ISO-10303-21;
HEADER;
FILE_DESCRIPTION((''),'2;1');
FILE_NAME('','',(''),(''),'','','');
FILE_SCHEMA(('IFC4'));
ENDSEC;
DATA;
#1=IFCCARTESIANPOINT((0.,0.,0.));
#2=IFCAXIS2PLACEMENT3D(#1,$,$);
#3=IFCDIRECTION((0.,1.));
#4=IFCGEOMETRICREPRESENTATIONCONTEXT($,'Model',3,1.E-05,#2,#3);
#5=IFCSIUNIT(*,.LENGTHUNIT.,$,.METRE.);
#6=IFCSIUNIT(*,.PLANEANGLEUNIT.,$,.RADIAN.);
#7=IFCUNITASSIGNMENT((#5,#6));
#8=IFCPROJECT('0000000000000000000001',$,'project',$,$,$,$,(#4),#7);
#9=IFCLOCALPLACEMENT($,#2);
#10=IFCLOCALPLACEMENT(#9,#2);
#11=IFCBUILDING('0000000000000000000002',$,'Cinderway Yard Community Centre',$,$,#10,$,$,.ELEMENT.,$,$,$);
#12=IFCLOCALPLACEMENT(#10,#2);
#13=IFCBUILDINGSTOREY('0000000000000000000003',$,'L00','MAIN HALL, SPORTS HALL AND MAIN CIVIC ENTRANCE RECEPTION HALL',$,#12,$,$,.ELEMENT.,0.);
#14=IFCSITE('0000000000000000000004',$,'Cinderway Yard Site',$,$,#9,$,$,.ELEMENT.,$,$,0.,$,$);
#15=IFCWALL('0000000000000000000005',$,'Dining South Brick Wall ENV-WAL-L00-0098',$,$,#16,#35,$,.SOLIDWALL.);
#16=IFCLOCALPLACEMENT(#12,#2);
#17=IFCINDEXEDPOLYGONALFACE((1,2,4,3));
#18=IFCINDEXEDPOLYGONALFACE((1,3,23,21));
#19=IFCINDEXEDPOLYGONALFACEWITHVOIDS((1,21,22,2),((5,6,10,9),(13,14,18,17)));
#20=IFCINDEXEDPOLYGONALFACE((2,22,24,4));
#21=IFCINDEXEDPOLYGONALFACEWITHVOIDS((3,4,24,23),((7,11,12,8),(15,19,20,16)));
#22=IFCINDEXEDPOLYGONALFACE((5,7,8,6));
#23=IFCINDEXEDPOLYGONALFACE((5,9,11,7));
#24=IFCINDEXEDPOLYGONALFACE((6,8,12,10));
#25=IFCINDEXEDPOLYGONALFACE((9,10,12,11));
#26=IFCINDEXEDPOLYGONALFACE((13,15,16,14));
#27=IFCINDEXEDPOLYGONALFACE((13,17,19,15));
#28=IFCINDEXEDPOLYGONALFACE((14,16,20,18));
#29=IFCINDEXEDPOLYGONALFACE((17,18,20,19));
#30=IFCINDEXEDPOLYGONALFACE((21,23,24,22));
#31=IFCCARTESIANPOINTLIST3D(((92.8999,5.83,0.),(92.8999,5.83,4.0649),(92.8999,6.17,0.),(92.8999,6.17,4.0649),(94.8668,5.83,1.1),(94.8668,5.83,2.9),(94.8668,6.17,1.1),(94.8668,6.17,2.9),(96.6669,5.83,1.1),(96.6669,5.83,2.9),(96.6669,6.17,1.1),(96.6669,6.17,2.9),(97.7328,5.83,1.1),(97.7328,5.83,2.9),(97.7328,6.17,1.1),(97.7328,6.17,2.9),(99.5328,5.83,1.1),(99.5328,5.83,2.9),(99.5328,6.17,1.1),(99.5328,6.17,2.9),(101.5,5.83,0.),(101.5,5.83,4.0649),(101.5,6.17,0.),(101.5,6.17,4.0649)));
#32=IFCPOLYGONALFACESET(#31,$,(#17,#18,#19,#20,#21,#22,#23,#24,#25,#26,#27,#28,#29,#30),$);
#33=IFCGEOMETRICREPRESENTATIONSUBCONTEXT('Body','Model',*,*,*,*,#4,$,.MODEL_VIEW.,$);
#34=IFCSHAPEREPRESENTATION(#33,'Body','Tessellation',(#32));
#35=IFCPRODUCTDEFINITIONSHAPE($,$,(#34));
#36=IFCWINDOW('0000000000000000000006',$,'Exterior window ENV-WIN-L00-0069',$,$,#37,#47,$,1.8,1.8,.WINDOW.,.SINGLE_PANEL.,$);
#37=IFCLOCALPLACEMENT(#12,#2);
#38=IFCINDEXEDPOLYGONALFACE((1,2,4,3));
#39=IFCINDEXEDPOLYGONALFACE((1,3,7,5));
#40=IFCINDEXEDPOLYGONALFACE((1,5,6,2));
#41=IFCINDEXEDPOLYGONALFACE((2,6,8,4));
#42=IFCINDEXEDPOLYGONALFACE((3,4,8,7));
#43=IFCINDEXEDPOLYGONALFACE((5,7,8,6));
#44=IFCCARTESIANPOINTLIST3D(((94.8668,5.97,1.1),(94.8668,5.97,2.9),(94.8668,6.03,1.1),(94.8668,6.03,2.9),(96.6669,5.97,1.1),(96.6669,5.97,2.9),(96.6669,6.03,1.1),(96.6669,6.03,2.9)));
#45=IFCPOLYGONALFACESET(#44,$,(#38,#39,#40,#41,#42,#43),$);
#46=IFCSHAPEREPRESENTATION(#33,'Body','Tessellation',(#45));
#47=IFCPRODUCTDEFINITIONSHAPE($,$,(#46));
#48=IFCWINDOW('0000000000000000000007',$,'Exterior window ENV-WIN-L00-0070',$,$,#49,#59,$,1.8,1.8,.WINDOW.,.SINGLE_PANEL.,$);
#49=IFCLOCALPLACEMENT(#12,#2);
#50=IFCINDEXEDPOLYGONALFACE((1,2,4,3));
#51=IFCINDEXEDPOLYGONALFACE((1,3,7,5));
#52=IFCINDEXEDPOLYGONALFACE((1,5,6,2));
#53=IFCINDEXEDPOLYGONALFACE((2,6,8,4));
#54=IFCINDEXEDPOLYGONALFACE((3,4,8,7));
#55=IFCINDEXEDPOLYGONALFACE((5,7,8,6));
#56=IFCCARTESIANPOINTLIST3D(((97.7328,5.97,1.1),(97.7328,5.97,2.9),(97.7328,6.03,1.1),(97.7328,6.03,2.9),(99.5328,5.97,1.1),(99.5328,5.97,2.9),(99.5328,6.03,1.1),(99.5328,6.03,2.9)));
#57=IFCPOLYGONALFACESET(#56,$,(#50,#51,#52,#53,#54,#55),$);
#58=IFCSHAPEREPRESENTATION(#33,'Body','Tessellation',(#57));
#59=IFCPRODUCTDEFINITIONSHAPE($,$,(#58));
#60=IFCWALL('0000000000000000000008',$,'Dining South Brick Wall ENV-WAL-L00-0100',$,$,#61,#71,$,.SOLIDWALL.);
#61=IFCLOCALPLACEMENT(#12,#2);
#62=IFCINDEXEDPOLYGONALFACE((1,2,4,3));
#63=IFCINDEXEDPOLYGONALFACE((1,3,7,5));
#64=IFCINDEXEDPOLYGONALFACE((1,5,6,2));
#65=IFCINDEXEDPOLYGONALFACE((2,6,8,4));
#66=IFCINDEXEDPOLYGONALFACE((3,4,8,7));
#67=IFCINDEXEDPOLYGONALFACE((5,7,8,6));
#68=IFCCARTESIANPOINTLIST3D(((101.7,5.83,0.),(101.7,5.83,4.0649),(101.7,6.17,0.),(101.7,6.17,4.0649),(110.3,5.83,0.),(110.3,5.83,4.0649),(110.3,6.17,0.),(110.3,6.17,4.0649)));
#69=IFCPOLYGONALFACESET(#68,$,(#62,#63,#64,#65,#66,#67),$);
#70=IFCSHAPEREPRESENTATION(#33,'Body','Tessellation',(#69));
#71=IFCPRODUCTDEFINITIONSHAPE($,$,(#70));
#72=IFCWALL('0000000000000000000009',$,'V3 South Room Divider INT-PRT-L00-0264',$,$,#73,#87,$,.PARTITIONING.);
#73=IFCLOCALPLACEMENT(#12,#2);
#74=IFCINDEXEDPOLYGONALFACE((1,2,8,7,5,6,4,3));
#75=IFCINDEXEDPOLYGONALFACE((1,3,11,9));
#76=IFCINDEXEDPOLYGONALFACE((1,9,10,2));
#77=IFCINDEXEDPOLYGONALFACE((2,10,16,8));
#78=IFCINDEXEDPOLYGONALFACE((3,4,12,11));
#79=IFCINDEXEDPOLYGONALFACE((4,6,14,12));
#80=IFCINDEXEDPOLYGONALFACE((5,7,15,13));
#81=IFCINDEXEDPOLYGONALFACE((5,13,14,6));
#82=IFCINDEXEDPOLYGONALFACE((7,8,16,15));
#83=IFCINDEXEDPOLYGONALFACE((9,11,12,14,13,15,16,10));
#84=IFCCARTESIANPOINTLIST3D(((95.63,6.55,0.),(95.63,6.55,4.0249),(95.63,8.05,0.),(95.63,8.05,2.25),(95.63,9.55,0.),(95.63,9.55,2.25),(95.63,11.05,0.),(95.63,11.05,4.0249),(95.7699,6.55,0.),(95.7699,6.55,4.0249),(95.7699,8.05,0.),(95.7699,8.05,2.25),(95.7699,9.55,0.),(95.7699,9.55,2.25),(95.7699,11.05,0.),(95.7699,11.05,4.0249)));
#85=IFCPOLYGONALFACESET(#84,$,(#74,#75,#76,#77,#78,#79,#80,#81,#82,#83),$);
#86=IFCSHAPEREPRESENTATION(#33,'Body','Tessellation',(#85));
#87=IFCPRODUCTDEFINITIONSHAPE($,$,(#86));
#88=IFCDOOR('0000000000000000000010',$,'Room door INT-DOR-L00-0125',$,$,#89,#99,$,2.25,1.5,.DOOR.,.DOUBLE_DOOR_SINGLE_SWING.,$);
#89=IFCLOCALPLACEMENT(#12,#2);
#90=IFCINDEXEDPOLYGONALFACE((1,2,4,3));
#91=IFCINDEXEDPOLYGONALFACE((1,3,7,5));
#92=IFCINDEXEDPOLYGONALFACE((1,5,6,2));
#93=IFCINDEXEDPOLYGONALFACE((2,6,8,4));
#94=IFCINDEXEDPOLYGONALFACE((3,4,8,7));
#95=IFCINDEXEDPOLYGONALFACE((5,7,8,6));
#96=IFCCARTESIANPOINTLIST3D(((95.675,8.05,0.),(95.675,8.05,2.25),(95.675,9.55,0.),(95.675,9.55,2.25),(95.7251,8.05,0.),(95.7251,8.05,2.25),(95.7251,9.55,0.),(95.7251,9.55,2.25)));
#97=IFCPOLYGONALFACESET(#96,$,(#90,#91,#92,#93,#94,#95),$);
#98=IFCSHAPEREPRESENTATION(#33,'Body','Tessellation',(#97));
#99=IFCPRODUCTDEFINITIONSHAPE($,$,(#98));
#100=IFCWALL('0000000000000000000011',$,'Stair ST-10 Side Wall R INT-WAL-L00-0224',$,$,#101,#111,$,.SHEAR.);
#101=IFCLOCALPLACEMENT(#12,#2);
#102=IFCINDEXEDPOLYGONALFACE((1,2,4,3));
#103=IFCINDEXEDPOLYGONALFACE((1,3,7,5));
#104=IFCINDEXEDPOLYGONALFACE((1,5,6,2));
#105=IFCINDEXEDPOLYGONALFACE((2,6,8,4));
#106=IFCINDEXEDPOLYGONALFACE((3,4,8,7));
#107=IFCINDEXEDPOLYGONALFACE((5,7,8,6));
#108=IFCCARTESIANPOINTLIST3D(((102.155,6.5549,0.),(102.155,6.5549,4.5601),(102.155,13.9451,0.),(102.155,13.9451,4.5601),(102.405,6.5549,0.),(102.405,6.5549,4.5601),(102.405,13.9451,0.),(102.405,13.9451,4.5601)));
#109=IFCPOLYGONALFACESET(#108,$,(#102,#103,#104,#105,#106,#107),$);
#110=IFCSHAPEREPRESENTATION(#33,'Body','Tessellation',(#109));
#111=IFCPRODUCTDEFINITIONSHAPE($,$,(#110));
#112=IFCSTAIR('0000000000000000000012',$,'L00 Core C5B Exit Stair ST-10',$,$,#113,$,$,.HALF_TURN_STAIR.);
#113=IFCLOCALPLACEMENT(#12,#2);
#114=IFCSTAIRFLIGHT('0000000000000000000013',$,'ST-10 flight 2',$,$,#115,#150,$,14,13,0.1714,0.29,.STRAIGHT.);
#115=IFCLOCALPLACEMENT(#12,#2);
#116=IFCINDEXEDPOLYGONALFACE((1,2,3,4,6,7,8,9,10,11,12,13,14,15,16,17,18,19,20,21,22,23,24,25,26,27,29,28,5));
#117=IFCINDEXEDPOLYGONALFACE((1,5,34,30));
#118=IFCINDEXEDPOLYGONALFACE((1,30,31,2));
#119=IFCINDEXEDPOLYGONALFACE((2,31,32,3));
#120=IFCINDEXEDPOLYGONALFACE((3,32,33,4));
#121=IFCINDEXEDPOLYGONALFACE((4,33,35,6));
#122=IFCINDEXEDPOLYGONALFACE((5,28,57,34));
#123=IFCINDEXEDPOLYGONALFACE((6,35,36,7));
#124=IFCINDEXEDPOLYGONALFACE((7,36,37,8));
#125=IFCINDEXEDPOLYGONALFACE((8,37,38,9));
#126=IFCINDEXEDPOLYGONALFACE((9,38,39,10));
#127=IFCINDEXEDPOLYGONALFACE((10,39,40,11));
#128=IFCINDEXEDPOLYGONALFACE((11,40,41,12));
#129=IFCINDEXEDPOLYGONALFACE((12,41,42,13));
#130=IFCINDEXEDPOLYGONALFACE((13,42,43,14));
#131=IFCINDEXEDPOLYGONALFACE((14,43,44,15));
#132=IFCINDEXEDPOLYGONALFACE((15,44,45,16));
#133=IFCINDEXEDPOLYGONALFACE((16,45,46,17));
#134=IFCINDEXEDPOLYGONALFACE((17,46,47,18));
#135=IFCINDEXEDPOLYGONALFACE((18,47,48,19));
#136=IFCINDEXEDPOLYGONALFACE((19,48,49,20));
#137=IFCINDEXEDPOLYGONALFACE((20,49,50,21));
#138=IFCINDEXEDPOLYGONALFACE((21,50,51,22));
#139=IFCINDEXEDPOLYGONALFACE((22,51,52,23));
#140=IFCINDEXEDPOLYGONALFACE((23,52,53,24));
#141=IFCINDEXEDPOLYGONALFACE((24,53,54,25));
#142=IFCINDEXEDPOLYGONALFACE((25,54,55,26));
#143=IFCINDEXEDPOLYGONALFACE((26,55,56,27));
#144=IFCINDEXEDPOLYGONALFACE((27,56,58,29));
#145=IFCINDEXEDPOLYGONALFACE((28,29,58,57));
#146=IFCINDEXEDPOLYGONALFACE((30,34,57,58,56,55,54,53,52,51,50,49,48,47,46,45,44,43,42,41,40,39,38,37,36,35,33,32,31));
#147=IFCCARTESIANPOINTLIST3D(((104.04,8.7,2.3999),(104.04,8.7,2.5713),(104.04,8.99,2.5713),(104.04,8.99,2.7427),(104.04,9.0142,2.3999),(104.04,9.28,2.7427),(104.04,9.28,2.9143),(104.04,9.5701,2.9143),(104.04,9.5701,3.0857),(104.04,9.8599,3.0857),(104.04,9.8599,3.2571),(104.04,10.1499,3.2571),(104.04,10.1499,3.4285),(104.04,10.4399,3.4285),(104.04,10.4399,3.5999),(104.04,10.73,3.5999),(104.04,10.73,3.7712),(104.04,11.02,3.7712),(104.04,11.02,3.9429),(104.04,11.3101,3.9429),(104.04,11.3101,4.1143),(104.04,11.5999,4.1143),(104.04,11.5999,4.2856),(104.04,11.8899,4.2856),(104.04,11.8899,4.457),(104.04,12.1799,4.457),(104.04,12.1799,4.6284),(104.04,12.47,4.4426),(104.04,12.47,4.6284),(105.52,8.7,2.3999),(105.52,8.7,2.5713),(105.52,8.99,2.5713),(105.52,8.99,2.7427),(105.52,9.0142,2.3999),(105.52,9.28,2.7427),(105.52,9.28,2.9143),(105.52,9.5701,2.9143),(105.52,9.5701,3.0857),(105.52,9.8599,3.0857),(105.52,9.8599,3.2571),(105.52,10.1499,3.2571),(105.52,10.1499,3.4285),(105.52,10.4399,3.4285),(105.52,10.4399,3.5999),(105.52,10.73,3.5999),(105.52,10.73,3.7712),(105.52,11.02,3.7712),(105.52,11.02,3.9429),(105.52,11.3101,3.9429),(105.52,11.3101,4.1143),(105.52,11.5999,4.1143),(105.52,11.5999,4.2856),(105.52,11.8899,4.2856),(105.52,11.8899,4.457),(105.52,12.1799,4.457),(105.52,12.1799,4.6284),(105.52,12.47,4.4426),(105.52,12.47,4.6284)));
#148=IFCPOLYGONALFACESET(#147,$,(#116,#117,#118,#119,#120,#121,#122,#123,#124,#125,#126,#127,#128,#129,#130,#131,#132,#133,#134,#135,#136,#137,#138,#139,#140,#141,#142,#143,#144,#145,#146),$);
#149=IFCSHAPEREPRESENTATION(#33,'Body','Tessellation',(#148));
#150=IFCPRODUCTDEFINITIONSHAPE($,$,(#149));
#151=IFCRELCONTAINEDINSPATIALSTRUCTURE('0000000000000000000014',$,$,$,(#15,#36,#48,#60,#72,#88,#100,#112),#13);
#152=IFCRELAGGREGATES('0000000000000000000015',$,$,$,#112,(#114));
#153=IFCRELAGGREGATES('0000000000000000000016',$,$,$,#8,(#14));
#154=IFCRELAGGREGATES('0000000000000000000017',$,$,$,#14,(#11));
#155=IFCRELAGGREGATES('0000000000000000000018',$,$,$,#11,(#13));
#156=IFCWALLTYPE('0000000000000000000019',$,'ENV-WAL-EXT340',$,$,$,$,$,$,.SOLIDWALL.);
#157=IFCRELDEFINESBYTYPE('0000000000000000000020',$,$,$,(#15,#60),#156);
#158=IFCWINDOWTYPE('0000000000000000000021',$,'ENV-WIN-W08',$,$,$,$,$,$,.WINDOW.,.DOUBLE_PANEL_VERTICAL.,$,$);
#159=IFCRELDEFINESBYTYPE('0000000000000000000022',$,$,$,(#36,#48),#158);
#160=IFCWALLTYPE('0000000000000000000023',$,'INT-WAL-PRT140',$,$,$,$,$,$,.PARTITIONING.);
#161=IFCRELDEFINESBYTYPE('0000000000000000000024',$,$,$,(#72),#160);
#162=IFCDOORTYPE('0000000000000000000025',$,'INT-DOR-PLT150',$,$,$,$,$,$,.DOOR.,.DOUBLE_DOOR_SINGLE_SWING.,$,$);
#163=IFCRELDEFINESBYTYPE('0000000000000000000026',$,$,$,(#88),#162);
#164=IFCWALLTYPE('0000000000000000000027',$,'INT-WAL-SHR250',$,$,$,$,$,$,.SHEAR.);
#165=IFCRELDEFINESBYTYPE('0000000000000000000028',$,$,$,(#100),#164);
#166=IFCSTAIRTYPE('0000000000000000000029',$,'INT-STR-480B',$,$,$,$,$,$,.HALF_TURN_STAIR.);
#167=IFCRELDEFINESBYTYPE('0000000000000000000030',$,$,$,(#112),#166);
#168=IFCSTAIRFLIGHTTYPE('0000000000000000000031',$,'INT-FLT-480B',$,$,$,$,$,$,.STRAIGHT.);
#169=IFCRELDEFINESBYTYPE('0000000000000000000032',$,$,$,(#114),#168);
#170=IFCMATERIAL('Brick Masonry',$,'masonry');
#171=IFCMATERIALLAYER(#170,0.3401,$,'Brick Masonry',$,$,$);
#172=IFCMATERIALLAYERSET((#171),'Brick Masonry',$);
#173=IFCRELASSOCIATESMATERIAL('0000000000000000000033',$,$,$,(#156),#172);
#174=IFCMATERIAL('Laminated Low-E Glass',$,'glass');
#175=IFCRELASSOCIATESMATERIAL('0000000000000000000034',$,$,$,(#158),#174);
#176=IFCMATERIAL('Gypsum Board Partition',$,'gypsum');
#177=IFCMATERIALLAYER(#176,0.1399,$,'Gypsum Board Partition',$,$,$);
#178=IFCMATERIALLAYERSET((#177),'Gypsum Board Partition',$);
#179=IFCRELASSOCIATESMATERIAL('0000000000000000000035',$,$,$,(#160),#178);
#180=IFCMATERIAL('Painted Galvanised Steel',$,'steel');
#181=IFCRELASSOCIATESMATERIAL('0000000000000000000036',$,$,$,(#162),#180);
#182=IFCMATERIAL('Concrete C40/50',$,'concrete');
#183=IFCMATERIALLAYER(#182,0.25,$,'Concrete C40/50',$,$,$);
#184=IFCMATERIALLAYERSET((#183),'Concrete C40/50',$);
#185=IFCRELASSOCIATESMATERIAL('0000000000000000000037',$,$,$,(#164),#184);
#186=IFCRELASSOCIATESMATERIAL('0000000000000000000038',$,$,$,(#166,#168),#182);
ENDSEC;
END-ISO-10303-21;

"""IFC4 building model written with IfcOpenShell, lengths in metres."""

from ifc_helpers import new_model, si_unit, direction, frame, frame_2d, origin, place, context, subcontext, project, spatial, polyline, rectangle, outline, extrude, material, layer, layer_set, type_object, element, fill, aggregate, save


model = new_model("IFC4")

# Units and contexts
model_context = context("Model", 3, precision=1e-05, world=origin(), true_north=direction((0.0, 1.0)))
body_context = subcontext(model_context, "Body", "Model", "MODEL_VIEW")
ifc_project = project(units=[si_unit("LENGTHUNIT", "METRE"), si_unit("PLANEANGLEUNIT", "RADIAN")], contexts=[model_context])

# Site, building, storey
site_placement = place(None, origin())
site = spatial("IfcSite", under=ifc_project, at=site_placement, Name="Cinderway Yard Site", CompositionType="ELEMENT", RefElevation=0.0)
building_placement = place(site_placement, origin())
building = spatial("IfcBuilding", under=site, at=building_placement, Name="Cinderway Yard Community Centre", CompositionType="ELEMENT")
storey_placement = place(building_placement, origin())
storey = spatial("IfcBuildingStorey", under=building, at=storey_placement, Name="L00", Description="MAIN HALL, SPORTS HALL AND MAIN CIVIC ENTRANCE RECEPTION HALL", CompositionType="ELEMENT", Elevation=0.0)

# Shared definitions
ifc_material_1 = material(Name="Concrete C40/50", Category="concrete")

# Wall, openings, windows
ifc_material_2 = material(Name="Brick Masonry", Category="masonry")
ifc_layer_1 = layer(ifc_material_2, 0.3401, Name="Brick Masonry")
ifc_layer_set_1 = layer_set([ifc_layer_1], Name="Brick Masonry")
wall_type_1 = type_object("IfcWallType", Name="ENV-WAL-EXT340", PredefinedType="SOLIDWALL", material=ifc_layer_set_1)
wall_1_placement = place(storey_placement, frame((92.8999, 6.0, 0.0), z_axis=(0.0, 0.0, 1.0), x_axis=(1.0, 0.0, 0.0)))
wall_1 = element("IfcWall", 1, at=wall_1_placement, inside=storey, type_object=wall_type_1, Name="Dining South Brick Wall ENV-WAL-L00-0098", PredefinedType="SOLIDWALL", context=body_context, shape_type="SweptSolid", body=[
    extrude(rectangle(XDim=8.6001, YDim=0.3401, at=frame_2d((4.3, 0.0))), origin(), (0.0, 0.0, 1.0), 4.0649),
])
opening_1_placement = place(wall_1_placement, frame((1.967, 0.0, 1.1001)))
opening_1 = element("IfcOpeningElement", 2, at=opening_1_placement, cuts=wall_1, PredefinedType="OPENING", context=body_context, shape_type="SweptSolid", body=[
    extrude(rectangle(XDim=1.8, YDim=1.8, at=frame_2d((0.8999, 0.8999))), frame((0.0, 0.1799, 0.0), z_axis=(0.0, -1.0, 0.0), x_axis=(1.0, 0.0, 0.0)), (0.0, 0.0, 1.0), 0.3601),
])
opening_2_placement = place(wall_1_placement, frame((4.833, 0.0, 1.1001)))
opening_2 = element("IfcOpeningElement", 3, at=opening_2_placement, cuts=wall_1, PredefinedType="OPENING", context=body_context, shape_type="SweptSolid", body=[
    extrude(rectangle(XDim=1.8, YDim=1.8, at=frame_2d((0.8999, 0.8999))), frame((0.0, 0.1799, 0.0), z_axis=(0.0, -1.0, 0.0), x_axis=(1.0, 0.0, 0.0)), (0.0, 0.0, 1.0), 0.3601),
])
ifc_material_3 = material(Name="Laminated Low-E Glass", Category="glass")
window_type = type_object("IfcWindowType", Name="ENV-WIN-W08", PartitioningType="DOUBLE_PANEL_VERTICAL", PredefinedType="WINDOW", material=ifc_material_3)
window_1_placement = place(opening_1_placement, origin())
window_1 = element("IfcWindow", 4, at=window_1_placement, inside=storey, type_object=window_type, Name="Exterior window ENV-WIN-L00-0069", OverallHeight=1.8, OverallWidth=1.8, PartitioningType="SINGLE_PANEL", PredefinedType="WINDOW", context=body_context, shape_type="SweptSolid", body=[
    extrude(rectangle(XDim=1.8, YDim=1.8, at=frame_2d((0.8999, 0.8999))), frame((0.0, 0.03, 0.0), z_axis=(0.0, -1.0, 0.0), x_axis=(1.0, 0.0, 0.0)), (0.0, 0.0, 1.0), 0.0601),
])
fill(opening_1, window_1)
window_2_placement = place(opening_2_placement, origin())
window_2 = element("IfcWindow", 5, at=window_2_placement, inside=storey, type_object=window_type, Name="Exterior window ENV-WIN-L00-0070", OverallHeight=1.8, OverallWidth=1.8, PartitioningType="SINGLE_PANEL", PredefinedType="WINDOW", context=body_context, shape_type="SweptSolid", body=[
    extrude(rectangle(XDim=1.8, YDim=1.8, at=frame_2d((0.8999, 0.8999))), frame((0.0, 0.03, 0.0), z_axis=(0.0, -1.0, 0.0), x_axis=(1.0, 0.0, 0.0)), (0.0, 0.0, 1.0), 0.0601),
])
fill(opening_2, window_2)

# Wall
wall_2_placement = place(storey_placement, frame((101.7, 6.0, 0.0), z_axis=(0.0, 0.0, 1.0), x_axis=(1.0, 0.0, 0.0)))
element("IfcWall", 6, at=wall_2_placement, inside=storey, type_object=wall_type_1, Name="Dining South Brick Wall ENV-WAL-L00-0100", PredefinedType="SOLIDWALL", context=body_context, shape_type="SweptSolid", body=[
    extrude(rectangle(XDim=8.6001, YDim=0.3401, at=frame_2d((4.3, 0.0))), origin(), (0.0, 0.0, 1.0), 4.0649),
])

# Wall, opening, door
ifc_material_4 = material(Name="Gypsum Board Partition", Category="gypsum")
ifc_layer_2 = layer(ifc_material_4, 0.1399, Name="Gypsum Board Partition")
ifc_layer_set_2 = layer_set([ifc_layer_2], Name="Gypsum Board Partition")
wall_type_2 = type_object("IfcWallType", Name="INT-WAL-PRT140", PredefinedType="PARTITIONING", material=ifc_layer_set_2)
wall_3_placement = place(storey_placement, frame((95.7, 6.55, 0.0), z_axis=(0.0, 0.0, 1.0), x_axis=(0.0, 1.0, 0.0)))
wall_3 = element("IfcWall", 7, at=wall_3_placement, inside=storey, type_object=wall_type_2, Name="V3 South Room Divider INT-PRT-L00-0264", PredefinedType="PARTITIONING", context=body_context, shape_type="SweptSolid", body=[
    extrude(rectangle(XDim=4.5, YDim=0.1399, at=frame_2d((2.25, 0.0))), origin(), (0.0, 0.0, 1.0), 4.0249),
])
opening_3_placement = place(wall_3_placement, frame((1.5, 0.0, 0.0)))
opening_3 = element("IfcOpeningElement", 8, at=opening_3_placement, cuts=wall_3, PredefinedType="OPENING", context=body_context, shape_type="SweptSolid", body=[
    extrude(rectangle(XDim=1.5, YDim=2.25, at=frame_2d((0.75, 1.125))), frame((0.0, 0.0798, 0.0), z_axis=(0.0, -1.0, 0.0), x_axis=(1.0, 0.0, 0.0)), (0.0, 0.0, 1.0), 0.1599),
])
ifc_material_5 = material(Name="Painted Galvanised Steel", Category="steel")
door_type = type_object("IfcDoorType", Name="INT-DOR-PLT150", OperationType="DOUBLE_DOOR_SINGLE_SWING", PredefinedType="DOOR", material=ifc_material_5)
door_placement = place(opening_3_placement, origin())
door = element("IfcDoor", 9, at=door_placement, inside=storey, type_object=door_type, Name="Room door INT-DOR-L00-0125", OperationType="DOUBLE_DOOR_SINGLE_SWING", OverallHeight=2.25, OverallWidth=1.5, PredefinedType="DOOR", context=body_context, shape_type="SweptSolid", body=[
    extrude(rectangle(XDim=1.5, YDim=2.25, at=frame_2d((0.75, 1.125))), frame((0.0, 0.0249, 0.0), z_axis=(0.0, -1.0, 0.0), x_axis=(1.0, 0.0, 0.0)), (0.0, 0.0, 1.0), 0.05),
])
fill(opening_3, door)

# Wall
ifc_layer_3 = layer(ifc_material_1, 0.25, Name="Concrete C40/50")
ifc_layer_set_3 = layer_set([ifc_layer_3], Name="Concrete C40/50")
wall_type_3 = type_object("IfcWallType", Name="INT-WAL-SHR250", PredefinedType="SHEAR", material=ifc_layer_set_3)
wall_4_placement = place(storey_placement, frame((102.28, 6.5549, 0.0), z_axis=(0.0, 0.0, 1.0), x_axis=(0.0, 1.0, 0.0)))
element("IfcWall", 10, at=wall_4_placement, inside=storey, type_object=wall_type_3, Name="Stair ST-10 Side Wall R INT-WAL-L00-0224", PredefinedType="SHEAR", context=body_context, shape_type="SweptSolid", body=[
    extrude(rectangle(XDim=7.3901, YDim=0.25, at=frame_2d((3.6951, 0.0))), origin(), (0.0, 0.0, 1.0), 4.5601),
])

# Stair, stair flight
stair_type = type_object("IfcStairType", Name="INT-STR-480B", PredefinedType="HALF_TURN_STAIR", material=ifc_material_1)
stair_placement = place(storey_placement, origin())
stair = element("IfcStair", 11, at=stair_placement, inside=storey, type_object=stair_type, Name="L00 Core C5B Exit Stair ST-10", PredefinedType="HALF_TURN_STAIR")
stair_flight_type = type_object("IfcStairFlightType", Name="INT-FLT-480B", PredefinedType="STRAIGHT", material=ifc_material_1)
stair_flight_placement = place(storey_placement, frame((104.78, 8.7, 2.3999), z_axis=(0.0, 0.0, 1.0), x_axis=(0.0, 1.0, 0.0)))
stair_flight = element("IfcStairFlight", 12, at=stair_flight_placement, type_object=stair_flight_type, Name="ST-10 flight 2", NumberOfRisers=14, NumberOfTreads=13, PredefinedType="STRAIGHT", RiserHeight=0.1714, TreadLength=0.29, context=body_context, shape_type="SweptSolid", body=[
    extrude(outline(polyline([(0.0, 0.0), (0.0, 0.1714), (0.29, 0.1714), (0.29, 0.3428), (0.5801, 0.3428), (0.5801, 0.5144), (0.8701, 0.5144), (0.8701, 0.6858), (1.1599, 0.6858), (1.1599, 0.8572), (1.45, 0.8572), (1.45, 1.0286), (1.74, 1.0286), (1.74, 1.2), (2.03, 1.2), (2.03, 1.3713), (2.3201, 1.3713), (2.3201, 1.543), (2.6101, 1.543), (2.6101, 1.7144), (2.8999, 1.7144), (2.8999, 1.8857), (3.1899, 1.8857), (3.1899, 2.0571), (3.48, 2.0571), (3.48, 2.2285), (3.77, 2.2285), (3.77, 2.3999), (3.77, 2.0427), (0.3142, 0.0), (0.0, 0.0)])), frame((0.0, 0.74, 0.0), z_axis=(0.0, -1.0, 0.0), x_axis=(1.0, 0.0, 0.0)), (0.0, 0.0, 1.0), 1.48),
])
aggregate(stair, [stair_flight])

save(model, "model.ifc")
